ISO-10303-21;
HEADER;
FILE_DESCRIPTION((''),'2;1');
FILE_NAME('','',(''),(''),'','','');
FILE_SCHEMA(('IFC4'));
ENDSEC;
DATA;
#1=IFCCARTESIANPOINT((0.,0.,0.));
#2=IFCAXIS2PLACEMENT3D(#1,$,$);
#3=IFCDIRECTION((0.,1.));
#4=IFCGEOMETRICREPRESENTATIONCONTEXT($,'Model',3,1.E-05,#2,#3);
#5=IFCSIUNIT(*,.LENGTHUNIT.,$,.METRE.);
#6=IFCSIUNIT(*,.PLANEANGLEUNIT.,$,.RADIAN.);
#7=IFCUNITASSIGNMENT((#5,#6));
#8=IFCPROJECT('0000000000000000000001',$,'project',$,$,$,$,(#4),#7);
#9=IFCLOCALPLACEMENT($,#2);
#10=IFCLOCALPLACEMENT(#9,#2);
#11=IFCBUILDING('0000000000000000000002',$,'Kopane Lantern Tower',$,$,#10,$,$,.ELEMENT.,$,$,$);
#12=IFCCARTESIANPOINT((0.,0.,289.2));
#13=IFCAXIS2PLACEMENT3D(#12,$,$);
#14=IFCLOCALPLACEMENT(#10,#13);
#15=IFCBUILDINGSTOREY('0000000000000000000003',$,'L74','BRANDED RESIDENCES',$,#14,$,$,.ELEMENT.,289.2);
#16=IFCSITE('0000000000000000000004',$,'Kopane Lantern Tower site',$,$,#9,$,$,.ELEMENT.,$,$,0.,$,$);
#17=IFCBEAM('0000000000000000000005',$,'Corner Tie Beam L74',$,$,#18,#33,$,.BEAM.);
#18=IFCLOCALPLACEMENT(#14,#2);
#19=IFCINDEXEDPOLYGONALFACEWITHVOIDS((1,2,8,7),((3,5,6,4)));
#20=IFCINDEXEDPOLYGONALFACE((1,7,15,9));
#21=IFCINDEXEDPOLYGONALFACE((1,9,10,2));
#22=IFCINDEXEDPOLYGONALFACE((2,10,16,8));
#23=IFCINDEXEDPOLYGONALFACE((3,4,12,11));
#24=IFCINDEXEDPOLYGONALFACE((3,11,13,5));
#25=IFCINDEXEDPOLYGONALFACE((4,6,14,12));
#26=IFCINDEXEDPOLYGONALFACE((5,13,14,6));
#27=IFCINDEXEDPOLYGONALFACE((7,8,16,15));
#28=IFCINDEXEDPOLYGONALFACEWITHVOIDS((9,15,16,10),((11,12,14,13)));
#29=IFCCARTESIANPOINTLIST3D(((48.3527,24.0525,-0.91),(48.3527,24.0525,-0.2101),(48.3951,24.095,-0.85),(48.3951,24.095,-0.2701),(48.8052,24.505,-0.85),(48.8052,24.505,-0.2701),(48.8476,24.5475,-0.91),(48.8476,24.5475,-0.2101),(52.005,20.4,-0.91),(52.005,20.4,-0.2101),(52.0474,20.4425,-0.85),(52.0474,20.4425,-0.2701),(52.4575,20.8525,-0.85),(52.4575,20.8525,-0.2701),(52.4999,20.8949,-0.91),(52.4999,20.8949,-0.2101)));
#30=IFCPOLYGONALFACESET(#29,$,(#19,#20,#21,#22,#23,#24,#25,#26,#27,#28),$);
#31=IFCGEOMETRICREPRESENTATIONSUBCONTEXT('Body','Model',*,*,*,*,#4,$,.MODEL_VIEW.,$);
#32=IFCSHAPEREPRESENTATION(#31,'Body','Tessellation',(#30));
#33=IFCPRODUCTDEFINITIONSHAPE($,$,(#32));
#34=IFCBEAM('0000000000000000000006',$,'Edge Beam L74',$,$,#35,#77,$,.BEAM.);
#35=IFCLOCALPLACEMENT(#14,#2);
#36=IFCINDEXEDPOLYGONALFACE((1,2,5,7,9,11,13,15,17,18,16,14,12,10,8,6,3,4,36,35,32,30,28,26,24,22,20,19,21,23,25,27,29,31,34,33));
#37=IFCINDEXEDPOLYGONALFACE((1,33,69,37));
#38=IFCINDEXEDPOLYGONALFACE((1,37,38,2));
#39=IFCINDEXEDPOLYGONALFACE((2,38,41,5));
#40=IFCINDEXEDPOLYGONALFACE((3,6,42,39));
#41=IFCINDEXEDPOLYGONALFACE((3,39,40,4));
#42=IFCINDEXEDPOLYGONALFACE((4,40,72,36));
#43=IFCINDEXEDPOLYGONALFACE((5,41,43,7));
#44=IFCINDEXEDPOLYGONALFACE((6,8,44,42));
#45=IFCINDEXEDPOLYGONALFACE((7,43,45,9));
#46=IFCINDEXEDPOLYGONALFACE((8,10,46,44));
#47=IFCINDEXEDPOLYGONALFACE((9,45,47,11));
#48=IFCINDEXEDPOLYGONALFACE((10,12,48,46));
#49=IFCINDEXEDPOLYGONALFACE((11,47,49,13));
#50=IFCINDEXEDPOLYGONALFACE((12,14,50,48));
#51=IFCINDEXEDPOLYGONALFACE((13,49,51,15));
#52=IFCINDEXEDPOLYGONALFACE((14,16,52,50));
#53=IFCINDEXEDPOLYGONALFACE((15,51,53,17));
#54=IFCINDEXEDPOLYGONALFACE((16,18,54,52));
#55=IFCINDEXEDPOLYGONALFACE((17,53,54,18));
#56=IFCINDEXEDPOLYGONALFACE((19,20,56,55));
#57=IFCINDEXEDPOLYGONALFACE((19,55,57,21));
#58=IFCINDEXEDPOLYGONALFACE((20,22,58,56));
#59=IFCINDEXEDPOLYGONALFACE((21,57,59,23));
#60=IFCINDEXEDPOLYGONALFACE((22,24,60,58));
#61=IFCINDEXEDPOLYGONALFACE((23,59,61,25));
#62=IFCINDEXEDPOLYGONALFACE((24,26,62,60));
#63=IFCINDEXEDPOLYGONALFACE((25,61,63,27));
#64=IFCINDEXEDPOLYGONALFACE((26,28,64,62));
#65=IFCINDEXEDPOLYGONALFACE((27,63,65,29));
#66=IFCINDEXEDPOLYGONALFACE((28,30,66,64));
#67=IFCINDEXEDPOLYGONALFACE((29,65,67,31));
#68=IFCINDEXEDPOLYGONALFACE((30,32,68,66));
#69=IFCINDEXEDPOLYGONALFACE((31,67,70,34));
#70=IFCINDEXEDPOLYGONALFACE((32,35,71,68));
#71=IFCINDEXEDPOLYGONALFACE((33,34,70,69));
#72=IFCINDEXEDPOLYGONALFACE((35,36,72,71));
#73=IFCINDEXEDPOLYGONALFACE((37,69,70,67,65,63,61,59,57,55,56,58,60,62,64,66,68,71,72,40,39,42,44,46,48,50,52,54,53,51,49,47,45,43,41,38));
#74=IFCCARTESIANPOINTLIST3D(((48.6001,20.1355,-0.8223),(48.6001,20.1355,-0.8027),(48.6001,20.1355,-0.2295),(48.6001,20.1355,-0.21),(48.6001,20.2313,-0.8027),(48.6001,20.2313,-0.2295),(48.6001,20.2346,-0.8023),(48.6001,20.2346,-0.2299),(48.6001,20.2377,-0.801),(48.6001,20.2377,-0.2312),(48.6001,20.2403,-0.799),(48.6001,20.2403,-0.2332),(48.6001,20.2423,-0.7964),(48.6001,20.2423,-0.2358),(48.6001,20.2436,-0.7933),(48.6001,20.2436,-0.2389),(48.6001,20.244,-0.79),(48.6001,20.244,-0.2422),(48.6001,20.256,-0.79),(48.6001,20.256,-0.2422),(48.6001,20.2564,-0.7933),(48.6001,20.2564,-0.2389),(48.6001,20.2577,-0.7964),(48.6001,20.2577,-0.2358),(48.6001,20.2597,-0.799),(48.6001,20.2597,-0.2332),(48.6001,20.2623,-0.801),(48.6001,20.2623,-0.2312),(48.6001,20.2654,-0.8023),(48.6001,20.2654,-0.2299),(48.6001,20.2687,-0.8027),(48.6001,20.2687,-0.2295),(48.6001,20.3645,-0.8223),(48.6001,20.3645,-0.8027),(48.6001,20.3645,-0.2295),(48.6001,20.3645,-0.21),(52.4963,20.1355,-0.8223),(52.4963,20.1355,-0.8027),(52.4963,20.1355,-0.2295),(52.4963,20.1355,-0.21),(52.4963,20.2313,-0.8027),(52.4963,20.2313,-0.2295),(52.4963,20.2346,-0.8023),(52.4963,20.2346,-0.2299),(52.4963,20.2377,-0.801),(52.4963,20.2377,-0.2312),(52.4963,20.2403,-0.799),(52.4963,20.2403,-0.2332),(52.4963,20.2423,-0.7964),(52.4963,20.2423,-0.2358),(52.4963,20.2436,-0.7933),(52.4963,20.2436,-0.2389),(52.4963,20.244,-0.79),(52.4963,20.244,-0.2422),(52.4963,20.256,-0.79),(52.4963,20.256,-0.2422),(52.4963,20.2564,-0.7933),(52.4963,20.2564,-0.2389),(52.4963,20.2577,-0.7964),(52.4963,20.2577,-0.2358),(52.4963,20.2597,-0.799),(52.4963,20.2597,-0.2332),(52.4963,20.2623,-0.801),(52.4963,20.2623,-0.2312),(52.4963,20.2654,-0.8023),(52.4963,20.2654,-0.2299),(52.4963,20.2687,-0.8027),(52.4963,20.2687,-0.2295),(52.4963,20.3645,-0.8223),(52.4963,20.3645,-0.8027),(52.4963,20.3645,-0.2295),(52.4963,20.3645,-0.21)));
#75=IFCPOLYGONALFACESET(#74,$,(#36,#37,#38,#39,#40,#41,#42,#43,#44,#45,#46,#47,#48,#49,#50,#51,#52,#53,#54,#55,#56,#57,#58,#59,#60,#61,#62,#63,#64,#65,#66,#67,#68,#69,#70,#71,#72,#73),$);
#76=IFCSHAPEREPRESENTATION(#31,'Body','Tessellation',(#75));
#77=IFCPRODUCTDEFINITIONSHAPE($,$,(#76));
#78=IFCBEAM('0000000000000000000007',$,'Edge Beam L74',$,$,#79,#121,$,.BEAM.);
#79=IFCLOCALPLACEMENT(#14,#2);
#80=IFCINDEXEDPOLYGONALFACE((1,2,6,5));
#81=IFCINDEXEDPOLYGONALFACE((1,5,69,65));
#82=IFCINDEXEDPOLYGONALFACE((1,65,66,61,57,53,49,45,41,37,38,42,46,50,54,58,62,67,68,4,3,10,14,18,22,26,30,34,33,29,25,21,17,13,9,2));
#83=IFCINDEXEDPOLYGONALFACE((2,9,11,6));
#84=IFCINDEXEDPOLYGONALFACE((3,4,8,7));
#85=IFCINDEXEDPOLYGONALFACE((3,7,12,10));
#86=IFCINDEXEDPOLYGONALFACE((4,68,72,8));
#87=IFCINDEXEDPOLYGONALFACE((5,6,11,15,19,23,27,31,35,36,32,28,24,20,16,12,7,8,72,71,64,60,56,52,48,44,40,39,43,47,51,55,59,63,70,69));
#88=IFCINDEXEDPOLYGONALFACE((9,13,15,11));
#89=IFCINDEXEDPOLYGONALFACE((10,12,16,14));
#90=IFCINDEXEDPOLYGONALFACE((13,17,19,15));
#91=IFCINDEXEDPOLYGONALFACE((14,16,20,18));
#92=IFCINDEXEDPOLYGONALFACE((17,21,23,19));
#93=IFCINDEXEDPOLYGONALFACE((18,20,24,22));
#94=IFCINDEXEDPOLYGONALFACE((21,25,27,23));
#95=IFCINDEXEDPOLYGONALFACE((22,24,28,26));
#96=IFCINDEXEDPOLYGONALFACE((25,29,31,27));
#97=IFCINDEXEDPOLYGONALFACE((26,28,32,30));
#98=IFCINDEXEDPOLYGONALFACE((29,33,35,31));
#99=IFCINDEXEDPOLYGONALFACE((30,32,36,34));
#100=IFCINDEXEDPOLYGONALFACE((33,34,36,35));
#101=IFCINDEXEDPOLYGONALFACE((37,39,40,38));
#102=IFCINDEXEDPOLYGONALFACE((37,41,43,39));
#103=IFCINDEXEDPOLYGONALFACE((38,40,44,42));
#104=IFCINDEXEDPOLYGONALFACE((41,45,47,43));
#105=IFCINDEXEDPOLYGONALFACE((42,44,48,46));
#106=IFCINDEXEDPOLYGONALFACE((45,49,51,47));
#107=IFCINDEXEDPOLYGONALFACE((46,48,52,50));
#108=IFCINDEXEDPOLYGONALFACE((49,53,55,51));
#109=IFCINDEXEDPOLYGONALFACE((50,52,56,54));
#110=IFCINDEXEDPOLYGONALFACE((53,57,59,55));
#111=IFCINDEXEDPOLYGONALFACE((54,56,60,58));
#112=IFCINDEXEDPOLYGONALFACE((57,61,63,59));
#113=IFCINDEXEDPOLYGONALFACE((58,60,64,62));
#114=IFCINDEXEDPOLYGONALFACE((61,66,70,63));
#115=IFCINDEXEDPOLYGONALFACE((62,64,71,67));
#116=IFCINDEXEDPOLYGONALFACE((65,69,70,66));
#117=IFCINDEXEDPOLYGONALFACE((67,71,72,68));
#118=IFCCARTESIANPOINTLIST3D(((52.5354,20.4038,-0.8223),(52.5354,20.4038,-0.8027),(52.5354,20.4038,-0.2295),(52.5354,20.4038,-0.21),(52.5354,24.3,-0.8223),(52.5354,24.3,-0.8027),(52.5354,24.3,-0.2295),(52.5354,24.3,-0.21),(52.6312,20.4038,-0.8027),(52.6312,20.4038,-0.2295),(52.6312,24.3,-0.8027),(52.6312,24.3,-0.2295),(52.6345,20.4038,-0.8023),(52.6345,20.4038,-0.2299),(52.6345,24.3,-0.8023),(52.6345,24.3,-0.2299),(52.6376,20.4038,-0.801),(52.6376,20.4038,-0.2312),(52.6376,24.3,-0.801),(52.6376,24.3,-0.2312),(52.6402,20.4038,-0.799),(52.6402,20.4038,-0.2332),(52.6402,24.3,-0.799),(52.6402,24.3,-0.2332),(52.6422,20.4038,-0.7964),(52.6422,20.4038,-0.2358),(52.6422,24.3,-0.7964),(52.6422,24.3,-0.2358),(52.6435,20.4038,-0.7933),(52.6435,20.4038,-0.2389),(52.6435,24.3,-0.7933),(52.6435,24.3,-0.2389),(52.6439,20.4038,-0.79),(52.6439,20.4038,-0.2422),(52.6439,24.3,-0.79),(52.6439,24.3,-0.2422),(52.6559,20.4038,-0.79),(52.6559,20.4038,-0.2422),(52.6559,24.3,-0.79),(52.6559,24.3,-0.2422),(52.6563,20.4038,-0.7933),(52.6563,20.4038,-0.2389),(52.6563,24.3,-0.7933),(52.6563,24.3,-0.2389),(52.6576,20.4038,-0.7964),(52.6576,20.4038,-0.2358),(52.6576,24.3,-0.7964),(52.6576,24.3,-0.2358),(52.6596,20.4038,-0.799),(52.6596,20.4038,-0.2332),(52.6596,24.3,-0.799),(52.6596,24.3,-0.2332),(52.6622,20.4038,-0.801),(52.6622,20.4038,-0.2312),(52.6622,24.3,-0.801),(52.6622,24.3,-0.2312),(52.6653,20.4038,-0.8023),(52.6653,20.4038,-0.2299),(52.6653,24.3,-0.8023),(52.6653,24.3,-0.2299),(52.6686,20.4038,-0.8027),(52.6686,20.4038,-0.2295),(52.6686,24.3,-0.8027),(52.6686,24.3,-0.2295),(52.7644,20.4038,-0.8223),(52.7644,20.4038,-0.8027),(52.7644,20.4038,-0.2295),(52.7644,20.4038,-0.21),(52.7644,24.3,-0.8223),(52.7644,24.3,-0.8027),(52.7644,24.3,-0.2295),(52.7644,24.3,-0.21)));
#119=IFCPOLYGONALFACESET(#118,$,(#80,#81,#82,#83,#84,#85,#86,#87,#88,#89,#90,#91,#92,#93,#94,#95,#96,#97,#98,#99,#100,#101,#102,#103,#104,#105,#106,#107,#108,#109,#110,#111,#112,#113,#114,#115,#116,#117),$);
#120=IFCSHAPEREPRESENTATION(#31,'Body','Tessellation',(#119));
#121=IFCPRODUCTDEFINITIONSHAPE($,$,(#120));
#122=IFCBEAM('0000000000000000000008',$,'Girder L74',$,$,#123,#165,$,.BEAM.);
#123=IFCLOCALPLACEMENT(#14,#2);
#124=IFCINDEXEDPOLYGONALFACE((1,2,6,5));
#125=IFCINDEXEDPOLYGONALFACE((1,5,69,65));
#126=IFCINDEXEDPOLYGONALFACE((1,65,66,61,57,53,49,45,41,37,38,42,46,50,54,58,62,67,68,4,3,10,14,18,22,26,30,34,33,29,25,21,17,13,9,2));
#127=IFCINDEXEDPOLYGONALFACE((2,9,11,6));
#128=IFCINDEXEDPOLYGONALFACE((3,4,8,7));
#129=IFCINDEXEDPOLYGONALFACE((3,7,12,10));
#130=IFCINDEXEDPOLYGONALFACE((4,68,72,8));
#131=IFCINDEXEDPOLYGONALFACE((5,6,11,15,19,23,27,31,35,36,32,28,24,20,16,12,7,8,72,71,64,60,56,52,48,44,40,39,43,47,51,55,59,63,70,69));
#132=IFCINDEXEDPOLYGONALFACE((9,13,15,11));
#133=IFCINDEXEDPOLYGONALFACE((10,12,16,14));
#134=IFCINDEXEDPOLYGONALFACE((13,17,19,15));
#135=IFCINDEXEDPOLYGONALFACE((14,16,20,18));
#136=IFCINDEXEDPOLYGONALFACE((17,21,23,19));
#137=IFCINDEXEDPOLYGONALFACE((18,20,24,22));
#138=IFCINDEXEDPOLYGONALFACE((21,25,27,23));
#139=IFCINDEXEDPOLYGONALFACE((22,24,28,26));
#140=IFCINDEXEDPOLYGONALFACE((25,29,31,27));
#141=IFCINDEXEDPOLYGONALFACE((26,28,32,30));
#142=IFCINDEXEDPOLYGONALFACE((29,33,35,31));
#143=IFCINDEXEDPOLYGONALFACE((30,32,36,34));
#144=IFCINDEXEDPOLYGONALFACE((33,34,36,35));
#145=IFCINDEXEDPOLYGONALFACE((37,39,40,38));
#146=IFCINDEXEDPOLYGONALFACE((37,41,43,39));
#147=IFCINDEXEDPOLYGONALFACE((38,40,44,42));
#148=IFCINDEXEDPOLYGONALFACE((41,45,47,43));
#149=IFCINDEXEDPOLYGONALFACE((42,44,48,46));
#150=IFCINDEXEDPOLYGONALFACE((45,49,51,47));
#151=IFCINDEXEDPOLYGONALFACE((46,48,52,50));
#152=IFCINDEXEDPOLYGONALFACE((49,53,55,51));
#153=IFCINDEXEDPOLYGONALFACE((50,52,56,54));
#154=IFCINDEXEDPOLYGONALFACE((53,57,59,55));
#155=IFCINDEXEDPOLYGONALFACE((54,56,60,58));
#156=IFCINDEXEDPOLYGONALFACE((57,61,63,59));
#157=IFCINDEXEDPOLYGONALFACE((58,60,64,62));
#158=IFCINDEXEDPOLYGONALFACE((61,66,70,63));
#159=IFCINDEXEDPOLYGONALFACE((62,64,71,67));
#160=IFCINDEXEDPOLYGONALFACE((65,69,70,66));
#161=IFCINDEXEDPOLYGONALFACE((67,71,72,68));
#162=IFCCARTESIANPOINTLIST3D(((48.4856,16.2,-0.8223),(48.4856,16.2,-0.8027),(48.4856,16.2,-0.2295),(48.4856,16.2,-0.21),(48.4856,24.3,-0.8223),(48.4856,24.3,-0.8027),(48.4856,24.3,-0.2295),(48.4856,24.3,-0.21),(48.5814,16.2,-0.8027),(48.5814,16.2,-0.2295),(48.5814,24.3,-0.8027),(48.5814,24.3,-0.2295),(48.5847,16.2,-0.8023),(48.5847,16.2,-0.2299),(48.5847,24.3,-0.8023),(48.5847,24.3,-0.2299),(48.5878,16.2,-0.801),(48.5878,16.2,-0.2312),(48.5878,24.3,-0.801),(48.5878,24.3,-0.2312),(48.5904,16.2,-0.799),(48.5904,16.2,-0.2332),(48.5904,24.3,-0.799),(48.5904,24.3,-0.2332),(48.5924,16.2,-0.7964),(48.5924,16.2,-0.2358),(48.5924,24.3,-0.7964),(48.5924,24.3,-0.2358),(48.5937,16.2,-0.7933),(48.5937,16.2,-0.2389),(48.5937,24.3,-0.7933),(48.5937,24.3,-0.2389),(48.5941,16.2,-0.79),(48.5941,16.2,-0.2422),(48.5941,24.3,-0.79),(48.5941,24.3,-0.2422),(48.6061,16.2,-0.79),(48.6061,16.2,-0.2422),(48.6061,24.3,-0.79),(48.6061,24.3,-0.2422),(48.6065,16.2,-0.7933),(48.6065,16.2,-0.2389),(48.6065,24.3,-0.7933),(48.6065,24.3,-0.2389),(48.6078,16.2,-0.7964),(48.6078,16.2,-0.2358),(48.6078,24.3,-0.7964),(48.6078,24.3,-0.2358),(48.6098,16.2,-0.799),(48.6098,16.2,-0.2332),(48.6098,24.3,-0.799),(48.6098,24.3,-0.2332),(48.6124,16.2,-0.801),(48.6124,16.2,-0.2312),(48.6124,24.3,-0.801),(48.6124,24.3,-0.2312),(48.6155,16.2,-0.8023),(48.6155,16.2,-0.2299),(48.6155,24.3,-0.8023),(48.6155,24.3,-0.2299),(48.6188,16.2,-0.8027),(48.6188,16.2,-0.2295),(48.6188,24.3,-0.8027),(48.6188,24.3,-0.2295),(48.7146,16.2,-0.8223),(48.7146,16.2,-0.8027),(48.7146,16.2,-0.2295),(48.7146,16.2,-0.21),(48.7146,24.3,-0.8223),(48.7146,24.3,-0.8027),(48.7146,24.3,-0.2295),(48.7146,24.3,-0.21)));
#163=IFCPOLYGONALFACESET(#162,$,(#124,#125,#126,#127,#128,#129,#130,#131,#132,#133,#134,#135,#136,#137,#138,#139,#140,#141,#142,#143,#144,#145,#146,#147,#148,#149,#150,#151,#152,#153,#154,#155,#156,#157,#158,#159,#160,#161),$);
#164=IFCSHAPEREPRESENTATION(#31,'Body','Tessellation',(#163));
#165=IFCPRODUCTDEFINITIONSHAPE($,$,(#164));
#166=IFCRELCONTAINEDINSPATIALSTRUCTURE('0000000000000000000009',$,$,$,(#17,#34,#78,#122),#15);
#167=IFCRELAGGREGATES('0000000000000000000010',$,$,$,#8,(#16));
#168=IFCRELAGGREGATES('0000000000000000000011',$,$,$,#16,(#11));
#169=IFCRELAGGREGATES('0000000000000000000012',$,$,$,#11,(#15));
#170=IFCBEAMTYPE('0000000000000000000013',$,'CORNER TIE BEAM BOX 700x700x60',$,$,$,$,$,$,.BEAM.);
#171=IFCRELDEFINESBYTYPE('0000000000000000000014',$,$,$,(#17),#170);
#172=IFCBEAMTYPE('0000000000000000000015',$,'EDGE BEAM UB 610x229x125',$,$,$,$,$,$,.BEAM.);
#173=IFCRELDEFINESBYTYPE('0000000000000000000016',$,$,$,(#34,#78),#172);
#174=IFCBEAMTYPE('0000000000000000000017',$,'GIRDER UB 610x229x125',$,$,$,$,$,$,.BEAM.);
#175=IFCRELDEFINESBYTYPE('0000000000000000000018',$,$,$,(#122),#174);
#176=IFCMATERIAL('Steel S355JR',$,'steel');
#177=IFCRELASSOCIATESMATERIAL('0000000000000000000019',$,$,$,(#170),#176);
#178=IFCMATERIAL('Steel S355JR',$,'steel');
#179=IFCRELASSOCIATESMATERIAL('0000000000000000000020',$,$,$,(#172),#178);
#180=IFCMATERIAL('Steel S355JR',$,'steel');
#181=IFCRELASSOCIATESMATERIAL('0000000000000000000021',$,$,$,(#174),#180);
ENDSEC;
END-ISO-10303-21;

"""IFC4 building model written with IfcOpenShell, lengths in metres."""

from ifc_helpers import new_model, si_unit, direction, frame, origin, origin_2d, place, context, subcontext, project, spatial, hollow_rectangle, i_section, extrude, material, material_profile, profile_set, type_object, element, save


model = new_model("IFC4")

# Units and contexts
model_context = context("Model", 3, precision=1e-05, world=origin(), true_north=direction((0.0, 1.0)))
body_context = subcontext(model_context, "Body", "Model", "MODEL_VIEW")
ifc_project = project(units=[si_unit("LENGTHUNIT", "METRE"), si_unit("PLANEANGLEUNIT", "RADIAN")], contexts=[model_context])

# Site, building, storey
site_placement = place(None, origin())
site = spatial("IfcSite", under=ifc_project, at=site_placement, Name="Kopane Lantern Tower site", CompositionType="ELEMENT", RefElevation=0.0)
building_placement = place(site_placement, origin())
building = spatial("IfcBuilding", under=site, at=building_placement, Name="Kopane Lantern Tower", CompositionType="ELEMENT")
storey_placement = place(building_placement, frame((0.0, 0.0, 289.2)))
storey = spatial("IfcBuildingStorey", under=building, at=storey_placement, Name="L74", Description="BRANDED RESIDENCES", CompositionType="ELEMENT", Elevation=289.2)

# Beams
ifc_material_1 = material(Name="Steel S355JR", Category="steel")
ifc_material_profile_1 = material_profile(ifc_material_1, hollow_rectangle(XDim=0.7, YDim=0.7, WallThickness=0.0601, at=origin_2d()), Name="BOX 700x700x60")
ifc_profile_set_1 = profile_set([ifc_material_profile_1], Name="Steel S355JR")
beam_type_1 = type_object("IfcBeamType", Name="CORNER TIE BEAM BOX 700x700x60", PredefinedType="BEAM", material=ifc_profile_set_1)
beam_1_placement = place(storey_placement, frame((52.2524, 20.6475, -0.5601), z_axis=(-0.707083, 0.70713, 0.0), x_axis=(-0.70713, -0.707083, 0.0)))
element("IfcBeam", 1, at=beam_1_placement, inside=storey, type_object=beam_type_1, Name="Corner Tie Beam L74", PredefinedType="BEAM", context=body_context, shape_type="SweptSolid", body=[
    extrude(hollow_rectangle(XDim=0.7, YDim=0.7, WallThickness=0.0601, at=origin_2d()), origin(), (0.0, 0.0, 1.0), 5.1653),
])
ifc_material_2 = material(Name="Steel S355JR", Category="steel")
ifc_material_profile_2 = material_profile(ifc_material_2, i_section(OverallWidth=0.229, OverallDepth=0.6123, WebThickness=0.012, FlangeThickness=0.0195, FilletRadius=0.0127, at=origin_2d()), Name="UB 610x229x125")
ifc_profile_set_2 = profile_set([ifc_material_profile_2], Name="Steel S355JR")
beam_type_2 = type_object("IfcBeamType", Name="EDGE BEAM UB 610x229x125", PredefinedType="BEAM", material=ifc_profile_set_2)
for number, where, z_axis, x_axis, name in (
    (2, (52.4963, 20.25, -0.5161), (-1.0, 0.0, 0.0), (0.0, -1.0, 0.0), "Edge Beam L74"),
    (3, (52.6499, 20.4038, -0.5161), (0.0, 1.0, 0.0), (-1.0, 0.0, 0.0), "Edge Beam L74"),
):
    element("IfcBeam", number, at=place(storey_placement, frame(where, z_axis=z_axis, x_axis=x_axis)), inside=storey, type_object=beam_type_2, Name=name, PredefinedType="BEAM", context=body_context, shape_type="SweptSolid", body=[
        extrude(i_section(OverallWidth=0.229, OverallDepth=0.6123, WebThickness=0.012, FlangeThickness=0.0195, FilletRadius=0.0127, at=origin_2d()), origin(), (0.0, 0.0, 1.0), 3.8962),
    ])
ifc_material_3 = material(Name="Steel S355JR", Category="steel")
ifc_material_profile_3 = material_profile(ifc_material_3, i_section(OverallWidth=0.229, OverallDepth=0.6123, WebThickness=0.012, FlangeThickness=0.0195, FilletRadius=0.0127, at=origin_2d()), Name="UB 610x229x125")
ifc_profile_set_3 = profile_set([ifc_material_profile_3], Name="Steel S355JR")
beam_type_3 = type_object("IfcBeamType", Name="GIRDER UB 610x229x125", PredefinedType="BEAM", material=ifc_profile_set_3)
beam_2_placement = place(storey_placement, frame((48.6001, 16.2, -0.5161), z_axis=(0.0, 1.0, 0.0), x_axis=(-1.0, 0.0, 0.0)))
element("IfcBeam", 4, at=beam_2_placement, inside=storey, type_object=beam_type_3, Name="Girder L74", PredefinedType="BEAM", context=body_context, shape_type="SweptSolid", body=[
    extrude(i_section(OverallWidth=0.229, OverallDepth=0.6123, WebThickness=0.012, FlangeThickness=0.0195, FilletRadius=0.0127, at=origin_2d()), origin(), (0.0, 0.0, 1.0), 8.1001),
])

save(model, "model.ifc")
